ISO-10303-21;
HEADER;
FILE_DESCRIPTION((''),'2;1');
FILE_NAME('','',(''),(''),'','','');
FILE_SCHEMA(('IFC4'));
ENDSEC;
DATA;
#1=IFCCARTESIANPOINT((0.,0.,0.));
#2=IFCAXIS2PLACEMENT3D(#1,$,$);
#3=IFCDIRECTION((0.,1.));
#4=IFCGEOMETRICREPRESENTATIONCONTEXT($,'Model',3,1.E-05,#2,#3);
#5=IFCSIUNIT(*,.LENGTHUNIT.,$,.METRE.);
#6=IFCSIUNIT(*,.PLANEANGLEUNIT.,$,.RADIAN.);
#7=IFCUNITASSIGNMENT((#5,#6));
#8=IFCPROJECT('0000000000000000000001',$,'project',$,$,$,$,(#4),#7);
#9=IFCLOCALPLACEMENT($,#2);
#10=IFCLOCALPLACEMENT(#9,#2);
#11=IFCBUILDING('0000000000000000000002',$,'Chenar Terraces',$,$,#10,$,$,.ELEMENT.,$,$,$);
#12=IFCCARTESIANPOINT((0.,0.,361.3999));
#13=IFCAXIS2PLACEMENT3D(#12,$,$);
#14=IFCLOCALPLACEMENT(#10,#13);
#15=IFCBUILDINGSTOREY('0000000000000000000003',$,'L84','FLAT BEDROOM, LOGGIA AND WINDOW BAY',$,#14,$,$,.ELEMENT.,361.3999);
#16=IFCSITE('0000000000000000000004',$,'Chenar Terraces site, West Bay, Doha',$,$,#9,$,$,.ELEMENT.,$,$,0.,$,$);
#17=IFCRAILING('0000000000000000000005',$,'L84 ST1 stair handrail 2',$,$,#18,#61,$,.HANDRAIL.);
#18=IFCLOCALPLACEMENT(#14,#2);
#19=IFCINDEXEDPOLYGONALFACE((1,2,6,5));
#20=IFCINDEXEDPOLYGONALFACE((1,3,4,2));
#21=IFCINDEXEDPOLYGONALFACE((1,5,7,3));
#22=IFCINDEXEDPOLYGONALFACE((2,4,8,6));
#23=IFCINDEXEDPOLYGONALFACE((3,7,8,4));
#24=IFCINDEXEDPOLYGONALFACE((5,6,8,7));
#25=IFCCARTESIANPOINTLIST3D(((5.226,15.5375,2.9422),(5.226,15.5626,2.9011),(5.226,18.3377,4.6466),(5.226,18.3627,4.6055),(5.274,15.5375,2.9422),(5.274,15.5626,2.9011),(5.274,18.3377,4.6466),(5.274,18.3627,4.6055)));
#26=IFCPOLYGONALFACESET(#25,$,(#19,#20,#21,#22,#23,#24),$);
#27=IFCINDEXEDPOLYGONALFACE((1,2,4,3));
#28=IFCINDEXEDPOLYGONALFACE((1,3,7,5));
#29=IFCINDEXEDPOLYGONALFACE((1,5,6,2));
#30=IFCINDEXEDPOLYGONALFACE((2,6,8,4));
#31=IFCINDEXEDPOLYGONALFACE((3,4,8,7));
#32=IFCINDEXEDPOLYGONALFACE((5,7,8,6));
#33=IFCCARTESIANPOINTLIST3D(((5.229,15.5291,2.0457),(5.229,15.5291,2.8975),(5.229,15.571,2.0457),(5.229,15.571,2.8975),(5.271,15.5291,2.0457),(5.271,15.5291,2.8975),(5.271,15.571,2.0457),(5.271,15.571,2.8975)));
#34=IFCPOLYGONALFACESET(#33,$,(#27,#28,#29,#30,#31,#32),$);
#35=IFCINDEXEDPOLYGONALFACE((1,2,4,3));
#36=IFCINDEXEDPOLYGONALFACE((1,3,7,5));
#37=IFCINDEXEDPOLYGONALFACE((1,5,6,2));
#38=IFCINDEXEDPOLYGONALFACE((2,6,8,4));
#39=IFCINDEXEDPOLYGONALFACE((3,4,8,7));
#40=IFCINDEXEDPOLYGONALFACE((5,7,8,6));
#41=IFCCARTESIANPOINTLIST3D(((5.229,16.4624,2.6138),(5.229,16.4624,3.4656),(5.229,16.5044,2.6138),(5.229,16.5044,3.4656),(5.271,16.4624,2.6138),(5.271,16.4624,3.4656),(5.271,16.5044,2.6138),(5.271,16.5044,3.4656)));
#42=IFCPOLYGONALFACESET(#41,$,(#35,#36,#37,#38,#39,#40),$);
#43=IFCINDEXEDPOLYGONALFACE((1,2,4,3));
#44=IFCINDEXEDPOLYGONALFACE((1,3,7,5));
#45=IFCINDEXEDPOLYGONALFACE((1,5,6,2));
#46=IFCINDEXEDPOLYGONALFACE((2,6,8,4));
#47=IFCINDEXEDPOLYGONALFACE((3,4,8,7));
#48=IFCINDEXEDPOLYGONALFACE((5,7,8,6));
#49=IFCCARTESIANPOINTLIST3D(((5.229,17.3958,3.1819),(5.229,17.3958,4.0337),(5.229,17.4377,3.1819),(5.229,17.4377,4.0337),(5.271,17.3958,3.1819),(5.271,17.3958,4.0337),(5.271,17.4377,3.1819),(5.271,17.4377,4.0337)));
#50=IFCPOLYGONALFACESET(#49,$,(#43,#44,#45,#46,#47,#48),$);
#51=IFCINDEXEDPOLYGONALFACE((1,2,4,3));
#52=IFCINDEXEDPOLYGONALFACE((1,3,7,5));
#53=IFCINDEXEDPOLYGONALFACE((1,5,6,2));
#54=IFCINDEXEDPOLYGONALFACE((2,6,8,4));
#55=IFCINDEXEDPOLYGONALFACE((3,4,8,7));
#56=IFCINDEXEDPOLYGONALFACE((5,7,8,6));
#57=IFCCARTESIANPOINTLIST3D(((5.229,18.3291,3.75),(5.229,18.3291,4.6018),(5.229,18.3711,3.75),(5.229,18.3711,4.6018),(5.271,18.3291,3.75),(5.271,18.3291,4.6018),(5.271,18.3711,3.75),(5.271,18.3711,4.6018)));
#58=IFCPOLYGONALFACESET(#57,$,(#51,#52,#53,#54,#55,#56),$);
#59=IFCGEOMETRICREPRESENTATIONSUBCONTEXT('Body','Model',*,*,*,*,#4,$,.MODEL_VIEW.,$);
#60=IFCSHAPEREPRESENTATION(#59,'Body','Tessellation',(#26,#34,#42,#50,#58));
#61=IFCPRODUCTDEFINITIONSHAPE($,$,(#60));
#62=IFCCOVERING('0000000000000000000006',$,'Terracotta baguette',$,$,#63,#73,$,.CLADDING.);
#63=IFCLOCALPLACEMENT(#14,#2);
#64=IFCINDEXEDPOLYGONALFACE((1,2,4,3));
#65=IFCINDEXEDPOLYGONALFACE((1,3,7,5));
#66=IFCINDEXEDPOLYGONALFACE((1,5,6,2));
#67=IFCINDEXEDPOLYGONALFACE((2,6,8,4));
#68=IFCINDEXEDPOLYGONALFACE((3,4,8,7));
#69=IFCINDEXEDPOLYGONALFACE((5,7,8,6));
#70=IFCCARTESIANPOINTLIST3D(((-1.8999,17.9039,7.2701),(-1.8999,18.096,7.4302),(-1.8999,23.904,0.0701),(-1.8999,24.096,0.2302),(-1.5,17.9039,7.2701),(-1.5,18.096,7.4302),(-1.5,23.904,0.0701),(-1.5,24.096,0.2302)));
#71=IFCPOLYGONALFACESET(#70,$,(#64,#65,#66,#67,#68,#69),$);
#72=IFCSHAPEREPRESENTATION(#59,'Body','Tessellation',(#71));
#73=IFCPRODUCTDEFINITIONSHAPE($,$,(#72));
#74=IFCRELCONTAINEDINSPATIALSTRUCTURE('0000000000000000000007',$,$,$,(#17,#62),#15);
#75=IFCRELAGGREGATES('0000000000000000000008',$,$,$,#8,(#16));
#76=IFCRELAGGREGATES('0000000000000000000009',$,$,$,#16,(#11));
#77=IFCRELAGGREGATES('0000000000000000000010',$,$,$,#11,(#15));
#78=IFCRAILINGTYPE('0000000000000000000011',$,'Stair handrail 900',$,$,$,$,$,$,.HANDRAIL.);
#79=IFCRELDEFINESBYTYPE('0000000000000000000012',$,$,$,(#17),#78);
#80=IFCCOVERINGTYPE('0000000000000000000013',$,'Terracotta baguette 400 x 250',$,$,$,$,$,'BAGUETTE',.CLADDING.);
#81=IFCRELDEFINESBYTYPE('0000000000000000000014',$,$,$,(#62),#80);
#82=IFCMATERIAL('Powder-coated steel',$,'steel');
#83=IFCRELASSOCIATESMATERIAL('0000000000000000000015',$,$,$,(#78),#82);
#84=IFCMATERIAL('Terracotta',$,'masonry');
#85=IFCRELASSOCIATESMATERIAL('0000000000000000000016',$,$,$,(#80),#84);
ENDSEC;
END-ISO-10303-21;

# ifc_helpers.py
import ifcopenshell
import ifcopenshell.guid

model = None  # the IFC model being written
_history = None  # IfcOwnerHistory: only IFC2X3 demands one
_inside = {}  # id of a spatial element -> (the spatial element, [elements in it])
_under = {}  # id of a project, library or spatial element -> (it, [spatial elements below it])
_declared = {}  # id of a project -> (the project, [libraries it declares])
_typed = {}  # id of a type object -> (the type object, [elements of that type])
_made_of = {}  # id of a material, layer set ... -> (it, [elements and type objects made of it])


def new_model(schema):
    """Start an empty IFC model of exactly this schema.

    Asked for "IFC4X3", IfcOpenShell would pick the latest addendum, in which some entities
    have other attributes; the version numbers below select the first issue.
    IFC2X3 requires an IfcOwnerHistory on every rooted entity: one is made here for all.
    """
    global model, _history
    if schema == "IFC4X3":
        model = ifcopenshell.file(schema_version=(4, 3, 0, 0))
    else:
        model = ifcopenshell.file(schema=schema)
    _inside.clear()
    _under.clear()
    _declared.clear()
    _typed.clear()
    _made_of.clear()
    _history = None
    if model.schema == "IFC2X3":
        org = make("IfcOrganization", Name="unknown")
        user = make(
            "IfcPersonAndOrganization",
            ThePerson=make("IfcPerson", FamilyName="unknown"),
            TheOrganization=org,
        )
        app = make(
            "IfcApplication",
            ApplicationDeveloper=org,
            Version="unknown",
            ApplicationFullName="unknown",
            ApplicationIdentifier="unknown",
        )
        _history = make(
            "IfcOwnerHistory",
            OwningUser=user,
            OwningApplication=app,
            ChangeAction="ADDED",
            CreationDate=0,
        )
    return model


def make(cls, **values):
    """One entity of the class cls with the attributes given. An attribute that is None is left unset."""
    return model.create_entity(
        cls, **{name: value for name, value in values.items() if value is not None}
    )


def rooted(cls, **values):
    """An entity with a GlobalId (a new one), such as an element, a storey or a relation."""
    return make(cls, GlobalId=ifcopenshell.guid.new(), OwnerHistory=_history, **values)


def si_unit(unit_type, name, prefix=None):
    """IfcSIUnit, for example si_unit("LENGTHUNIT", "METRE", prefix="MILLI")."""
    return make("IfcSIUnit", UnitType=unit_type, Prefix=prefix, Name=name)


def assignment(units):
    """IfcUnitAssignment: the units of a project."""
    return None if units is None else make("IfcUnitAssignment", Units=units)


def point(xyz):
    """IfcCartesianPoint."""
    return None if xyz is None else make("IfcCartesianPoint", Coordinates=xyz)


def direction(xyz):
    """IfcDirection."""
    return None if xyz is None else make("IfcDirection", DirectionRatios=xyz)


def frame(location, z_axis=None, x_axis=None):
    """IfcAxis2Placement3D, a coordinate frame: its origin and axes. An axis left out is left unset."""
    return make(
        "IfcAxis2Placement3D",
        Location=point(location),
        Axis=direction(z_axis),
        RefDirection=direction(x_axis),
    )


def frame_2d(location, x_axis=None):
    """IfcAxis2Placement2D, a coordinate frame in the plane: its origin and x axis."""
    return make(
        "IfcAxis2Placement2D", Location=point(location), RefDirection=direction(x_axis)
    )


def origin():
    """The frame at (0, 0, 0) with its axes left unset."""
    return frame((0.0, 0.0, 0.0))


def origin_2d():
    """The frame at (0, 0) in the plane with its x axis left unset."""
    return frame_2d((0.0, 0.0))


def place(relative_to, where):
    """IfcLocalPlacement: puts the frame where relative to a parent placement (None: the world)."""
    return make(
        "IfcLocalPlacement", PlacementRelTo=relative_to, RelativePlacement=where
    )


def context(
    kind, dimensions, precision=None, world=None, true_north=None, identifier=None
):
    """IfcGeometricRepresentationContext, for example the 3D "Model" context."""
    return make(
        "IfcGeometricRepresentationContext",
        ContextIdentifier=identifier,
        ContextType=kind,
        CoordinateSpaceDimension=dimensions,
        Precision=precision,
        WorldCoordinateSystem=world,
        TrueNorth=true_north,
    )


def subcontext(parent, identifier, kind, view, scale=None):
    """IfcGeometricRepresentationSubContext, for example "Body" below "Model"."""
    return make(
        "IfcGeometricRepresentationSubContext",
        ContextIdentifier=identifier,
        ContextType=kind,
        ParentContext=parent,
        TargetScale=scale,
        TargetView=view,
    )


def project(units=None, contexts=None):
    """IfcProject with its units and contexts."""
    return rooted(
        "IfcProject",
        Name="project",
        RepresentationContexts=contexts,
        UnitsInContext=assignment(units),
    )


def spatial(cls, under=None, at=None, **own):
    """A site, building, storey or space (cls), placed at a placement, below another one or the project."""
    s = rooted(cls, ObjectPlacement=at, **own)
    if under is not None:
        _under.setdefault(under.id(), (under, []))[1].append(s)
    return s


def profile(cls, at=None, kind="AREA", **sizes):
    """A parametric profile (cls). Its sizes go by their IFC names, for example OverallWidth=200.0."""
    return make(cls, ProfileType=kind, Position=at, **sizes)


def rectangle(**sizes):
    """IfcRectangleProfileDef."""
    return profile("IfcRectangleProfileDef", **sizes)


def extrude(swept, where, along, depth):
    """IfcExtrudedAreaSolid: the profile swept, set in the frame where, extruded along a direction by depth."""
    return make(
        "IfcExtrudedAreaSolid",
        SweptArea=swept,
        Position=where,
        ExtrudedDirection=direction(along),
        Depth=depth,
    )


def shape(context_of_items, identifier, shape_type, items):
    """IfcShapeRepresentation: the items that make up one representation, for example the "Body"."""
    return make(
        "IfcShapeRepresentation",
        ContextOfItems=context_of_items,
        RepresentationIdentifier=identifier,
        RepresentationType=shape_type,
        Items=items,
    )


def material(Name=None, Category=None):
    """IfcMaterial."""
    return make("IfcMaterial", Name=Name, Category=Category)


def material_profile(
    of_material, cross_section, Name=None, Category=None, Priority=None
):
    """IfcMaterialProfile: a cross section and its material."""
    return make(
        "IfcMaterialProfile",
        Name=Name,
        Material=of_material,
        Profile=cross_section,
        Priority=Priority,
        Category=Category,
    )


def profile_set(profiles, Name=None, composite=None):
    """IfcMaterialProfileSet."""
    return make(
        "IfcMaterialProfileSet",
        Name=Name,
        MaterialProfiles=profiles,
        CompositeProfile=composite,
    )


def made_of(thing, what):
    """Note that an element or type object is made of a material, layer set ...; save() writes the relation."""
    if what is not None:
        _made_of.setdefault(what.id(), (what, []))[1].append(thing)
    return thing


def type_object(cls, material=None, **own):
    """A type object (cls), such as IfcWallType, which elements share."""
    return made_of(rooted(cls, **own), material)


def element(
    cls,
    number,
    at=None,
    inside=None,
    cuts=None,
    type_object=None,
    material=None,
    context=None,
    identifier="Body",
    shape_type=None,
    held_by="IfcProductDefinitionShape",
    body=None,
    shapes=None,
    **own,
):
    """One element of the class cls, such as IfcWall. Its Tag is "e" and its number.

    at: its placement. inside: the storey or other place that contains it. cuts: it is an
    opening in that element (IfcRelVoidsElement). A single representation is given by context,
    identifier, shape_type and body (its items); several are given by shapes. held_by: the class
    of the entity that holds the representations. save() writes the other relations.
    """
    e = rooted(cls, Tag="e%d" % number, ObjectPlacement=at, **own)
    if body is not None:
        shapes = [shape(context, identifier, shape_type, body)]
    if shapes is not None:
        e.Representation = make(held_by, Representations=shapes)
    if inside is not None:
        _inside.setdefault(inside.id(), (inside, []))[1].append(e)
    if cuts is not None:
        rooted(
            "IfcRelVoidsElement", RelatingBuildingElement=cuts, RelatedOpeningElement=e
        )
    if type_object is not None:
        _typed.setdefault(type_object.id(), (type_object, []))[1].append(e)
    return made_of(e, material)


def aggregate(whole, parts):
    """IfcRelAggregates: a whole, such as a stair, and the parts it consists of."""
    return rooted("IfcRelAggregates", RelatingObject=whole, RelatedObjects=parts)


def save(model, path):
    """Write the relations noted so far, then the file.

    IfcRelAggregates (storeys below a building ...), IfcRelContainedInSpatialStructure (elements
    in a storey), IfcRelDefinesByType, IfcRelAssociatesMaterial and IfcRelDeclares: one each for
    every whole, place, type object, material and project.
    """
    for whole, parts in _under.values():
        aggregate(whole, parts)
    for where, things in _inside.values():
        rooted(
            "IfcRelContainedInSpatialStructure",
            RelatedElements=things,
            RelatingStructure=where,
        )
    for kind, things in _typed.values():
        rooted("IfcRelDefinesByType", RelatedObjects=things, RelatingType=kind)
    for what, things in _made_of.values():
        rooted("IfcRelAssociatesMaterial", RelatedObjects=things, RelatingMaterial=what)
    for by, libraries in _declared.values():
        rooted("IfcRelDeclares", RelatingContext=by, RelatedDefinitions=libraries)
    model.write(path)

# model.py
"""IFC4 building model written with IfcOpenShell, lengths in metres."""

from ifc_helpers import new_model, si_unit, direction, frame, origin, origin_2d, place, context, subcontext, project, spatial, rectangle, extrude, material, material_profile, profile_set, type_object, element, save


model = new_model("IFC4")

# Units and contexts
model_context = context("Model", 3, precision=1e-05, world=origin(), true_north=direction((0.0, 1.0)))
body_context = subcontext(model_context, "Body", "Model", "MODEL_VIEW")
ifc_project = project(units=[si_unit("LENGTHUNIT", "METRE"), si_unit("PLANEANGLEUNIT", "RADIAN")], contexts=[model_context])

# Site, building, storey
site_placement = place(None, origin())
site = spatial("IfcSite", under=ifc_project, at=site_placement, Name="Chenar Terraces site, West Bay, Doha", CompositionType="ELEMENT", RefElevation=0.0)
building_placement = place(site_placement, origin())
building = spatial("IfcBuilding", under=site, at=building_placement, Name="Chenar Terraces", CompositionType="ELEMENT")
storey_placement = place(building_placement, frame((0.0, 0.0, 361.3999)))
storey = spatial("IfcBuildingStorey", under=building, at=storey_placement, Name="L84", Description="FLAT BEDROOM, LOGGIA AND WINDOW BAY", CompositionType="ELEMENT", Elevation=361.3999)

# Railing
ifc_material_1 = material(Name="Powder-coated steel", Category="steel")
railing_type_1 = type_object("IfcRailingType", Name="Stair handrail 900", PredefinedType="HANDRAIL", material=ifc_material_1)
railing_1_placement = place(storey_placement, frame((5.25, 15.55, 2.0457)))
element("IfcRailing", 1, at=railing_1_placement, inside=storey, type_object=railing_type_1, Name="L84 ST1 stair handrail 2", PredefinedType="HANDRAIL", context=body_context, shape_type="SweptSolid", body=[
    extrude(rectangle(XDim=0.0481, YDim=0.0481, at=origin_2d()), frame((0.0, 0.0, 0.876), z_axis=(0.0, 0.854203, 0.51994), x_axis=(-1.0, 0.0, 0.0)), (0.0, 0.0, 1.0), 3.2781),
    extrude(rectangle(XDim=0.042, YDim=0.042, at=origin_2d()), origin(), (0.0, 0.0, 1.0), 0.8518),
    extrude(rectangle(XDim=0.042, YDim=0.042, at=origin_2d()), frame((0.0, 0.9333, 0.5681)), (0.0, 0.0, 1.0), 0.8518),
    extrude(rectangle(XDim=0.042, YDim=0.042, at=origin_2d()), frame((0.0, 1.8667, 1.1362)), (0.0, 0.0, 1.0), 0.8518),
    extrude(rectangle(XDim=0.042, YDim=0.042, at=origin_2d()), frame((0.0, 2.8, 1.7043)), (0.0, 0.0, 1.0), 0.8518),
])

# Covering
ifc_material_2 = material(Name="Terracotta", Category="masonry")
ifc_material_profile_1 = material_profile(ifc_material_2, rectangle(XDim=0.3999, YDim=0.25, at=origin_2d()), Name="Terracotta baguette 400 x 250")
ifc_profile_set_1 = profile_set([ifc_material_profile_1], Name="Terracotta")
covering_type = type_object("IfcCoveringType", Name="Terracotta baguette 400 x 250", ElementType="BAGUETTE", PredefinedType="CLADDING", material=ifc_profile_set_1)
covering_placement = place(storey_placement, frame((-1.7, 24.0, 0.1501), z_axis=(0.0, -0.640187, 0.768219), x_axis=(1.0, 0.0, 0.0)))
element("IfcCovering", 2, at=covering_placement, inside=storey, type_object=covering_type, Name="Terracotta baguette", PredefinedType="CLADDING", context=body_context, shape_type="SweptSolid", body=[
    extrude(rectangle(XDim=0.3999, YDim=0.25, at=origin_2d()), origin(), (0.0, 0.0, 1.0), 9.3723),
])

save(model, "model.ifc")
